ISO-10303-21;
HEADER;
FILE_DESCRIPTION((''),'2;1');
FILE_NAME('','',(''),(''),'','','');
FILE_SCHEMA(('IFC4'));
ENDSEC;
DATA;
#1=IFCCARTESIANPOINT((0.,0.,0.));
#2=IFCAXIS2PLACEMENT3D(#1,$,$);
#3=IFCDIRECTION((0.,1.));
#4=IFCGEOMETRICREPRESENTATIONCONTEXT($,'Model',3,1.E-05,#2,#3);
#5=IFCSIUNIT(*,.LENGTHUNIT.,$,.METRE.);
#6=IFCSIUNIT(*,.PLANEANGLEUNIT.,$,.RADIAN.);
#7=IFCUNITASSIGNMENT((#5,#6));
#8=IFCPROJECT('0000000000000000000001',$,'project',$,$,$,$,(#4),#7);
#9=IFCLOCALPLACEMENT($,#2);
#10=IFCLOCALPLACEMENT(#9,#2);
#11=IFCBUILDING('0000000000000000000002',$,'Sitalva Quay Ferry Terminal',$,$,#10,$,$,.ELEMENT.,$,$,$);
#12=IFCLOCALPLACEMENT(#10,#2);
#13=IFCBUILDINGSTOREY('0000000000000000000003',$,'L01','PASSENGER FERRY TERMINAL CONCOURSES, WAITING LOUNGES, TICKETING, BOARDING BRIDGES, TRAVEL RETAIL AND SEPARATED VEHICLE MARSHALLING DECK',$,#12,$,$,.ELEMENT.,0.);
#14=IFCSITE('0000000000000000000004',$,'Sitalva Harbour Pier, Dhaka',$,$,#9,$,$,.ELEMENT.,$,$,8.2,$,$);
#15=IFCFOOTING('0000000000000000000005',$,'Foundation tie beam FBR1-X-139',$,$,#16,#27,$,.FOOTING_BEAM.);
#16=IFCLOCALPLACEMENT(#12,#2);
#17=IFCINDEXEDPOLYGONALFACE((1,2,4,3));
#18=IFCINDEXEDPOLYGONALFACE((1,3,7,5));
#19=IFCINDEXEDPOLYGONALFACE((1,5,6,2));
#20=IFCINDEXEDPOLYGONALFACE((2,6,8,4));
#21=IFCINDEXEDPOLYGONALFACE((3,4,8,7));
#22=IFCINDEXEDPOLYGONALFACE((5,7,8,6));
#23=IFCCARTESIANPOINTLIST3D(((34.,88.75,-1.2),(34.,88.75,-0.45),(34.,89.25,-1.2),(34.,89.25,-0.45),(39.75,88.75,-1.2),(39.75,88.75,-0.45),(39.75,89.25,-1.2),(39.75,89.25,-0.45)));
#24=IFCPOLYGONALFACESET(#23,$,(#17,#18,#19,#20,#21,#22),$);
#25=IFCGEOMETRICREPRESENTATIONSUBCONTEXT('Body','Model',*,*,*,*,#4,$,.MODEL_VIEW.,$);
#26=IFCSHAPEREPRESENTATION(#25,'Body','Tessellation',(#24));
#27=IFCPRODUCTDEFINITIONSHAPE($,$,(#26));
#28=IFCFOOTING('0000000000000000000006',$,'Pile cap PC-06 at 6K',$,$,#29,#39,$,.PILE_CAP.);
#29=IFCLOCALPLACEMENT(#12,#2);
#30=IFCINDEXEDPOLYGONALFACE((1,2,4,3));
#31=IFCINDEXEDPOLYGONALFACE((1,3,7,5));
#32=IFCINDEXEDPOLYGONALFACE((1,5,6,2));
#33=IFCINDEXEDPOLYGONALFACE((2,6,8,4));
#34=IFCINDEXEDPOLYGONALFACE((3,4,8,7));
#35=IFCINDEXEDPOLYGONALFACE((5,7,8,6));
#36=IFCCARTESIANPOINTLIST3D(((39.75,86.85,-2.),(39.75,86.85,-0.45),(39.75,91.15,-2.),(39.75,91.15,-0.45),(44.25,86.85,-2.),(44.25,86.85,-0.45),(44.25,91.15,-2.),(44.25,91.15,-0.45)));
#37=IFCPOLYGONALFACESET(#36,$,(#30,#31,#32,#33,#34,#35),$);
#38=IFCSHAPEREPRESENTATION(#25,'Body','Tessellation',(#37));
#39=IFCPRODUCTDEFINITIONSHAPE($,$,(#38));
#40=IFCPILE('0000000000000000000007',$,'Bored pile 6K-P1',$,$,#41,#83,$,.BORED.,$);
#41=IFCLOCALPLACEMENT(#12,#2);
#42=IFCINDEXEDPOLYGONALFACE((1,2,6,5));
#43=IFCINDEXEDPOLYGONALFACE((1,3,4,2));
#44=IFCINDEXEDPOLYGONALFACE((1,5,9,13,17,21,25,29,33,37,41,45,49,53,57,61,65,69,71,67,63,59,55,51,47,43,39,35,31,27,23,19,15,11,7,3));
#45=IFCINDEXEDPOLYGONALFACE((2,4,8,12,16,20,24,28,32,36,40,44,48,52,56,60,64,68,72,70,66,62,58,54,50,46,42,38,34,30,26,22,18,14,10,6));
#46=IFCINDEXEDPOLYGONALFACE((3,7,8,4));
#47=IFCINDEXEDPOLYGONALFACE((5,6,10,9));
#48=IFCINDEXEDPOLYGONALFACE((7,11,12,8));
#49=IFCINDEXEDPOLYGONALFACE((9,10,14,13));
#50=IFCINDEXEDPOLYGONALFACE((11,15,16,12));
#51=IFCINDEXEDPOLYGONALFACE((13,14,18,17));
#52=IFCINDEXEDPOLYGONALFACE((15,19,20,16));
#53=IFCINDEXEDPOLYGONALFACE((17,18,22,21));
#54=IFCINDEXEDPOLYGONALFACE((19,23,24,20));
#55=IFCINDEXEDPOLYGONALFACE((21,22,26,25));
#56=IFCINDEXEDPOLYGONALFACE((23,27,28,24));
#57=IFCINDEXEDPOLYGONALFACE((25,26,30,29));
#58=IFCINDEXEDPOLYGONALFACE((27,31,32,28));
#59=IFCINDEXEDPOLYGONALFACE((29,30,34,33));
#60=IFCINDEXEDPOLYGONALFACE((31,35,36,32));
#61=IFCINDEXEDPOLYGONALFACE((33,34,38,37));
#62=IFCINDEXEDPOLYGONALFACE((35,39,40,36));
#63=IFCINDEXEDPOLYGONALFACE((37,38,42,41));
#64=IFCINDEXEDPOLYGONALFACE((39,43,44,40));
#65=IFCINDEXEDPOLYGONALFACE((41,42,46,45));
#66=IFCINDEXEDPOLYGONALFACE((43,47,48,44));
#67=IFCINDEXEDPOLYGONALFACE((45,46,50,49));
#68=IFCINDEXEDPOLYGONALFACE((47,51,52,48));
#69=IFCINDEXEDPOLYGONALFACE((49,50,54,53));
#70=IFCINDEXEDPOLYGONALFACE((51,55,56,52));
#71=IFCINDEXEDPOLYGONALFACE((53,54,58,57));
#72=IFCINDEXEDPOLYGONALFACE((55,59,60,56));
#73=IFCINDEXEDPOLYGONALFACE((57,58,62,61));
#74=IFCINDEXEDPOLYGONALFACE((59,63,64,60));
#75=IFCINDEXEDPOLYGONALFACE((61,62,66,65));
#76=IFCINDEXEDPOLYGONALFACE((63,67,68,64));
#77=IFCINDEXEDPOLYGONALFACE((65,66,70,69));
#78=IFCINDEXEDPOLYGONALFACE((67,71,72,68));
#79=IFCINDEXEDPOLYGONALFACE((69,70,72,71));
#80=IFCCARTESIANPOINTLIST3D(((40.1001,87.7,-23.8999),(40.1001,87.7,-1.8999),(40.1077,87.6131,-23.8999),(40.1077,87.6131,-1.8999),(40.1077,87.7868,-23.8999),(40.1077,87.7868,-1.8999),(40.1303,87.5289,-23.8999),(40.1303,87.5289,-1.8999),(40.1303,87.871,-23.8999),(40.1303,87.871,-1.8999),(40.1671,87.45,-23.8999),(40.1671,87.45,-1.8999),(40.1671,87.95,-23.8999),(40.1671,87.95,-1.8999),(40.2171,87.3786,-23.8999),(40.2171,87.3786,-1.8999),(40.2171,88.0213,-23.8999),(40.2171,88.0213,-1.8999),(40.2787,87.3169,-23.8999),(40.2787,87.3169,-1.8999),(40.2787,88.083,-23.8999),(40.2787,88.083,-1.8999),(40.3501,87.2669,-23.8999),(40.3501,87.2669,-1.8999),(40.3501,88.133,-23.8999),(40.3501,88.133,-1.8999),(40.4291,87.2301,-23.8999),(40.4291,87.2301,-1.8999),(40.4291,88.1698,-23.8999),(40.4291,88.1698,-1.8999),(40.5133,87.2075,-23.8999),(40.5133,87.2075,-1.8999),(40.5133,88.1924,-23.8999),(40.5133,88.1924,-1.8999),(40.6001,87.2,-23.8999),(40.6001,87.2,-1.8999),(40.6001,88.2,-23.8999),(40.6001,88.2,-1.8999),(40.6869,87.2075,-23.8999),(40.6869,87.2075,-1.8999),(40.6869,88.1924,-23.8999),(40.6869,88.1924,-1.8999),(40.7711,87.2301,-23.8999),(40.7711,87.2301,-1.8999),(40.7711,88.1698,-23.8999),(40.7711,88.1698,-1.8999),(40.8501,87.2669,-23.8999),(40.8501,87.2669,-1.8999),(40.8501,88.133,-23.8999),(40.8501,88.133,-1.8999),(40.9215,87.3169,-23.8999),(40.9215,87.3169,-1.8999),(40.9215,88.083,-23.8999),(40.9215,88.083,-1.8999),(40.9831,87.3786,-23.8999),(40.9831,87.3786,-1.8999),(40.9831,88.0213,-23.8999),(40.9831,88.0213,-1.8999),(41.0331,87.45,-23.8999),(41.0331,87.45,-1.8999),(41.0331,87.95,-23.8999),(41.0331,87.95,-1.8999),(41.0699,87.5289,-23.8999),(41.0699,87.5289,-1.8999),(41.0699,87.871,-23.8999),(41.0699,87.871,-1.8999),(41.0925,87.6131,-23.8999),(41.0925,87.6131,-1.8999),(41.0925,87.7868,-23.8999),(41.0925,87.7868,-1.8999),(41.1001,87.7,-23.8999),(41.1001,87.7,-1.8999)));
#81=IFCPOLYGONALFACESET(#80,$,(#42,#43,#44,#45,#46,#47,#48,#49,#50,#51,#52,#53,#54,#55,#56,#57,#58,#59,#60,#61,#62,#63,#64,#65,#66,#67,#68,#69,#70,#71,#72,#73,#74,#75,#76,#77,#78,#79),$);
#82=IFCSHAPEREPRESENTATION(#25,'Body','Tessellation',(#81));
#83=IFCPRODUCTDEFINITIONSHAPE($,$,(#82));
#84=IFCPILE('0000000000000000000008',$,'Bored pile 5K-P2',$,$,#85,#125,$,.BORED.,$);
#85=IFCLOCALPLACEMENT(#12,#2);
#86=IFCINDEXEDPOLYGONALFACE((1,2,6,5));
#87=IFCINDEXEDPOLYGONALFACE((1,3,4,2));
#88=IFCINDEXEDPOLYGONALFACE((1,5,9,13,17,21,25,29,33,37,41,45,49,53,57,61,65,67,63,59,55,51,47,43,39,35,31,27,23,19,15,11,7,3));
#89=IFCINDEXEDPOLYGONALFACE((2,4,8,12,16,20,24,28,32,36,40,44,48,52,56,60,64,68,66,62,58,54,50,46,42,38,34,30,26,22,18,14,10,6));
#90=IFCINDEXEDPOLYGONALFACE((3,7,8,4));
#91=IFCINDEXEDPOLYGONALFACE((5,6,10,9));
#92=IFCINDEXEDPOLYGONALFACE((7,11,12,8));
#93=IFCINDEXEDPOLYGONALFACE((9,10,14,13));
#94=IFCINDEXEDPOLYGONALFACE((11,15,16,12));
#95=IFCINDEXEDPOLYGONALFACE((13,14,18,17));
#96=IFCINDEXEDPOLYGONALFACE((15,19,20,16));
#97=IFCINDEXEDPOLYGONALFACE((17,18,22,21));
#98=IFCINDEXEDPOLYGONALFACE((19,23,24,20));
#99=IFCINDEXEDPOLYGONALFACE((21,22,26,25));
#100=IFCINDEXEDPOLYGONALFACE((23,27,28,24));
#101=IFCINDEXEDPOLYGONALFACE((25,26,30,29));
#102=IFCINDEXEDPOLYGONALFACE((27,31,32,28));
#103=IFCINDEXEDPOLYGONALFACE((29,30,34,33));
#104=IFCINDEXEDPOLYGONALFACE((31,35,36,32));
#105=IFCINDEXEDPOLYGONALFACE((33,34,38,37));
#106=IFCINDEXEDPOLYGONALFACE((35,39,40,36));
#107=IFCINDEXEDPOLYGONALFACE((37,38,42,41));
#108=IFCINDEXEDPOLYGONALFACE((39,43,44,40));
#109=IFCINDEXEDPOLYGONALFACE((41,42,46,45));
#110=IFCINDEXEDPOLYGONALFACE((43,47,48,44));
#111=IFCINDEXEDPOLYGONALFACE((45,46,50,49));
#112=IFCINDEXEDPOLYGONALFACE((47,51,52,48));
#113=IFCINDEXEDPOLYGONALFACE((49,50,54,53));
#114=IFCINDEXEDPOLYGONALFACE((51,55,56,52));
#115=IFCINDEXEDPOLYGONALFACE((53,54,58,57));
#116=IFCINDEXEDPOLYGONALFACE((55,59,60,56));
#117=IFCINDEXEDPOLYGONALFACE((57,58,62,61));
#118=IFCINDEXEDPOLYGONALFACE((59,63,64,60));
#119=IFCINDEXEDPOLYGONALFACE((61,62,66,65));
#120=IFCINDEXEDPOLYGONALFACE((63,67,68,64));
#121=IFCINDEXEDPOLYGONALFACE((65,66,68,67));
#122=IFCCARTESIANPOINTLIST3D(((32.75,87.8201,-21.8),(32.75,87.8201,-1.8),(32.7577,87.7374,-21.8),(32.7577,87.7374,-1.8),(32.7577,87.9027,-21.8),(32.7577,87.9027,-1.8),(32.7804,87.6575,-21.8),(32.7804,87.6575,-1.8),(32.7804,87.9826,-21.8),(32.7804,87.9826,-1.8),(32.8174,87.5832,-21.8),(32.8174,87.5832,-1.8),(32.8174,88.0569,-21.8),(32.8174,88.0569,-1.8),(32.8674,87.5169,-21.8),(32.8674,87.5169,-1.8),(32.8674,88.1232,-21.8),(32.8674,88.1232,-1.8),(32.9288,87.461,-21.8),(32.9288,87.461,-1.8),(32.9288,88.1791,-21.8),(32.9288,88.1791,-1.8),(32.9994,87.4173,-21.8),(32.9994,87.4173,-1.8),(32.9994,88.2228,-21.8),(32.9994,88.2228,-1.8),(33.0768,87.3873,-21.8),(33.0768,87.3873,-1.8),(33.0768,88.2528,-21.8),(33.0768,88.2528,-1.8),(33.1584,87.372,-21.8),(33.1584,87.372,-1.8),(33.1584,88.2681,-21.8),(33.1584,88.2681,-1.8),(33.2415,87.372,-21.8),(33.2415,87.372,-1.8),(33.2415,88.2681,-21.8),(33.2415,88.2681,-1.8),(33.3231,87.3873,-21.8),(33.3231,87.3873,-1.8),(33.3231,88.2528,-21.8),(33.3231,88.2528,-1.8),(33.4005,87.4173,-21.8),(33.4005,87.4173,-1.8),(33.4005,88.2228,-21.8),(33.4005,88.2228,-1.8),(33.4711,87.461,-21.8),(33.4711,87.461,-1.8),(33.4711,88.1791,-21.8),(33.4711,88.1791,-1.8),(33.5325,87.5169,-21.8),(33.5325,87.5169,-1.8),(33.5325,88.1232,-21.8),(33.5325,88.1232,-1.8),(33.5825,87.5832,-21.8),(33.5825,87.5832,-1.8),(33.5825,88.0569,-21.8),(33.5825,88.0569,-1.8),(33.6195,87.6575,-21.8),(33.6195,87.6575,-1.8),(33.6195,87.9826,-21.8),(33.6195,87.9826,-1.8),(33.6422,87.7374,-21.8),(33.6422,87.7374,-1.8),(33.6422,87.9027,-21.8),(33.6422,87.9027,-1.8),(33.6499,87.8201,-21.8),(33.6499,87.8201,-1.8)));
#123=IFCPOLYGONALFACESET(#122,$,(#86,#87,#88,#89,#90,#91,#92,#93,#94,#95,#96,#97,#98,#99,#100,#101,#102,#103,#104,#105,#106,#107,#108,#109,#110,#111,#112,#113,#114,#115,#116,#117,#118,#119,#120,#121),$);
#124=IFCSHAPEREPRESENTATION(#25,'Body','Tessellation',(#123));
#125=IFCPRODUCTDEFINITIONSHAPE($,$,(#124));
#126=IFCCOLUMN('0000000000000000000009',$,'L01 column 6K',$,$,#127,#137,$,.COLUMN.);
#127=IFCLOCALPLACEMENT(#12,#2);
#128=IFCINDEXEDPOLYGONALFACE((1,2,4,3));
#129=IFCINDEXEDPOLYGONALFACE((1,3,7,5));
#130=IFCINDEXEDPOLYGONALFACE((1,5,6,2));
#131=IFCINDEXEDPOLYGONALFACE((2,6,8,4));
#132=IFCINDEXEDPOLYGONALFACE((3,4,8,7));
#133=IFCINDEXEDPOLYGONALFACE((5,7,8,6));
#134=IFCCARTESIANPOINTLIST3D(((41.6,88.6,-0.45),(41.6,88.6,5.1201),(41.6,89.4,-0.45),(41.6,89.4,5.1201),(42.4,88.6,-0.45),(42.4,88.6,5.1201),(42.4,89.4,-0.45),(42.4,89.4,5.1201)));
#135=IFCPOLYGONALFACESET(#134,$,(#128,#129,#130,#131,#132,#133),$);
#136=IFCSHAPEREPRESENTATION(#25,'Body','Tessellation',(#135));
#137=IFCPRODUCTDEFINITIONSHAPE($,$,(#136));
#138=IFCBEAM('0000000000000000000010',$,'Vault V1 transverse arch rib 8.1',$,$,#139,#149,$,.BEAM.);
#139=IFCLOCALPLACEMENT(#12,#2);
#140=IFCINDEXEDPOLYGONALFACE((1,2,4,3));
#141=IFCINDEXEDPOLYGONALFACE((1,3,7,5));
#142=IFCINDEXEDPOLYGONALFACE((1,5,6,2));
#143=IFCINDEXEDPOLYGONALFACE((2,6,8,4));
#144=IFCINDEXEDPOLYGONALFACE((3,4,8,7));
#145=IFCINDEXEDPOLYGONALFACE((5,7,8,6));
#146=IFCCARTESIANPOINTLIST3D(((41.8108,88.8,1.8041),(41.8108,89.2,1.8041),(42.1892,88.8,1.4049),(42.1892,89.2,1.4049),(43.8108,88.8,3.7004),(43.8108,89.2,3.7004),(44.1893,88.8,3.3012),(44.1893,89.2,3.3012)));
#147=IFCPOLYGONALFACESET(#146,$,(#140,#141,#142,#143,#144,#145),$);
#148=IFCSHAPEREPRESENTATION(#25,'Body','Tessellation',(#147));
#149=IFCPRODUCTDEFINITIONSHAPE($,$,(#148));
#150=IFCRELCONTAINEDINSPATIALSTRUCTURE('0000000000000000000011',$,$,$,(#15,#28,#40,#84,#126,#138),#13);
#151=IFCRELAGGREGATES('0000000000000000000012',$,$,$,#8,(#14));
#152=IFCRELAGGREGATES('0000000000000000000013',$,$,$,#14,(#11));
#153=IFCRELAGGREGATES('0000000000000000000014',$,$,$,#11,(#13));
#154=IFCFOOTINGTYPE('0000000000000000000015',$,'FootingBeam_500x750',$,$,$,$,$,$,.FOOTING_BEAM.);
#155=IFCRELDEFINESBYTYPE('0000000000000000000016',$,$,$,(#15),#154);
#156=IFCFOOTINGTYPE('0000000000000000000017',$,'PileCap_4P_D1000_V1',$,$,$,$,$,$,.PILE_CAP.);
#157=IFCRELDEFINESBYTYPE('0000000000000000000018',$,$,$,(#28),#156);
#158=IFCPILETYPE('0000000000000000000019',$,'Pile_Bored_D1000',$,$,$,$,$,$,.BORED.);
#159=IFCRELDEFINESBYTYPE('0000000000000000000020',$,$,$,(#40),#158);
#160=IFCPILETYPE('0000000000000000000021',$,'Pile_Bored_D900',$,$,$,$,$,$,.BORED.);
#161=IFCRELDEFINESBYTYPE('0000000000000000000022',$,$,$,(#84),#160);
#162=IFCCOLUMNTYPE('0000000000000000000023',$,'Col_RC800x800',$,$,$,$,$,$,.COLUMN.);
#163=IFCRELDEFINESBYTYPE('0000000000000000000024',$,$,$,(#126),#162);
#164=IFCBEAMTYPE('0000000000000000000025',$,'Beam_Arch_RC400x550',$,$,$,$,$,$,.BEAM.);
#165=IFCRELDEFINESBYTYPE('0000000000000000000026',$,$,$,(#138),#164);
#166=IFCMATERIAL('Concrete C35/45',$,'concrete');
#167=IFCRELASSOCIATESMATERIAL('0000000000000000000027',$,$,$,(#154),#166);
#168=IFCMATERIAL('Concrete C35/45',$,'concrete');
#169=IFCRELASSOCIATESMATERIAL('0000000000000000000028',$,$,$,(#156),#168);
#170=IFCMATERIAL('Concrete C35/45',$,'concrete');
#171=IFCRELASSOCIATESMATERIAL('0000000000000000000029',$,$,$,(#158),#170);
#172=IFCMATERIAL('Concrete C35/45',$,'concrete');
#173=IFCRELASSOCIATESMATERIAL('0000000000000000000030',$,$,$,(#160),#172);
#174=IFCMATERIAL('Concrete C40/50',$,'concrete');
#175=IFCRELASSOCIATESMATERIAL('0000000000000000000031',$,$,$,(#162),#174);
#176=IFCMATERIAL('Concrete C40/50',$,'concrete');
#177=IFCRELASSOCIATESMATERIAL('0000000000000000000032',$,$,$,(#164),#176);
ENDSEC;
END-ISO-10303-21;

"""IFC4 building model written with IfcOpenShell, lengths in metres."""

from ifc_helpers import new_model, si_unit, direction, frame, origin, origin_2d, place, context, subcontext, project, spatial, rectangle, circle, extrude, material, material_profile, profile_set, type_object, element, save


model = new_model("IFC4")

# Units and contexts
model_context = context("Model", 3, precision=1e-05, world=origin(), true_north=direction((0.0, 1.0)))
body_context = subcontext(model_context, "Body", "Model", "MODEL_VIEW")
ifc_project = project(units=[si_unit("LENGTHUNIT", "METRE"), si_unit("PLANEANGLEUNIT", "RADIAN")], contexts=[model_context])

# Site, building, storey
site_placement = place(None, origin())
site = spatial("IfcSite", under=ifc_project, at=site_placement, Name="Sitalva Harbour Pier, Dhaka", CompositionType="ELEMENT", RefElevation=8.2)
building_placement = place(site_placement, origin())
building = spatial("IfcBuilding", under=site, at=building_placement, Name="Sitalva Quay Ferry Terminal", CompositionType="ELEMENT")
storey_placement = place(building_placement, origin())
storey = spatial("IfcBuildingStorey", under=building, at=storey_placement, Name="L01", Description="PASSENGER FERRY TERMINAL CONCOURSES, WAITING LOUNGES, TICKETING, BOARDING BRIDGES, TRAVEL RETAIL AND SEPARATED VEHICLE MARSHALLING DECK", CompositionType="ELEMENT", Elevation=0.0)

# Footings
ifc_material_1 = material(Name="Concrete C35/45", Category="concrete")
ifc_material_profile_1 = material_profile(ifc_material_1, rectangle(XDim=0.5, YDim=0.75, at=origin_2d()), Name="RC500x750")
ifc_profile_set_1 = profile_set([ifc_material_profile_1], Name="Concrete C35/45")
footing_type_1 = type_object("IfcFootingType", Name="FootingBeam_500x750", PredefinedType="FOOTING_BEAM", material=ifc_profile_set_1)
footing_1_placement = place(storey_placement, frame((34.0, 89.0, -0.825), z_axis=(1.0, 0.0, 0.0), x_axis=(0.0, 1.0, 0.0)))
element("IfcFooting", 1, at=footing_1_placement, inside=storey, type_object=footing_type_1, Name="Foundation tie beam FBR1-X-139", PredefinedType="FOOTING_BEAM", context=body_context, shape_type="SweptSolid", body=[
    extrude(rectangle(XDim=0.5, YDim=0.75, at=origin_2d()), origin(), (0.0, 0.0, 1.0), 5.75),
])
ifc_material_2 = material(Name="Concrete C35/45", Category="concrete")
footing_type_2 = type_object("IfcFootingType", Name="PileCap_4P_D1000_V1", PredefinedType="PILE_CAP", material=ifc_material_2)
footing_2_placement = place(storey_placement, frame((42.0, 89.0, -2.0), z_axis=(0.0, 0.0, 1.0), x_axis=(1.0, 0.0, 0.0)))
element("IfcFooting", 2, at=footing_2_placement, inside=storey, type_object=footing_type_2, Name="Pile cap PC-06 at 6K", PredefinedType="PILE_CAP", context=body_context, shape_type="SweptSolid", body=[
    extrude(rectangle(XDim=4.5, YDim=4.3, at=origin_2d()), origin(), (0.0, 0.0, 1.0), 1.55),
])

# Piles
ifc_material_3 = material(Name="Concrete C35/45", Category="concrete")
ifc_material_profile_2 = material_profile(ifc_material_3, circle(Radius=0.5, at=origin_2d()), Name="PILE-D1000")
ifc_profile_set_2 = profile_set([ifc_material_profile_2], Name="Concrete C35/45")
pile_type_1 = type_object("IfcPileType", Name="Pile_Bored_D1000", PredefinedType="BORED", material=ifc_profile_set_2)
pile_1_placement = place(storey_placement, frame((40.6001, 87.7, -1.8999), z_axis=(0.0, 0.0, -1.0), x_axis=(1.0, 0.0, 0.0)))
element("IfcPile", 3, at=pile_1_placement, inside=storey, type_object=pile_type_1, Name="Bored pile 6K-P1", PredefinedType="BORED", context=body_context, shape_type="SweptSolid", body=[
    extrude(circle(Radius=0.5, at=origin_2d()), origin(), (0.0, 0.0, 1.0), 22.0),
])
ifc_material_4 = material(Name="Concrete C35/45", Category="concrete")
ifc_material_profile_3 = material_profile(ifc_material_4, circle(Radius=0.45, at=origin_2d()), Name="PILE-D900")
ifc_profile_set_3 = profile_set([ifc_material_profile_3], Name="Concrete C35/45")
pile_type_2 = type_object("IfcPileType", Name="Pile_Bored_D900", PredefinedType="BORED", material=ifc_profile_set_3)
pile_2_placement = place(storey_placement, frame((33.2, 87.8201, -1.8), z_axis=(0.0, 0.0, -1.0), x_axis=(1.0, 0.0, 0.0)))
element("IfcPile", 4, at=pile_2_placement, inside=storey, type_object=pile_type_2, Name="Bored pile 5K-P2", PredefinedType="BORED", context=body_context, shape_type="SweptSolid", body=[
    extrude(circle(Radius=0.45, at=origin_2d()), origin(), (0.0, 0.0, 1.0), 20.0),
])

# Column
ifc_material_5 = material(Name="Concrete C40/50", Category="concrete")
ifc_material_profile_4 = material_profile(ifc_material_5, rectangle(XDim=0.8, YDim=0.8, at=origin_2d()), Name="RC800x800")
ifc_profile_set_4 = profile_set([ifc_material_profile_4], Name="Concrete C40/50")
column_type = type_object("IfcColumnType", Name="Col_RC800x800", PredefinedType="COLUMN", material=ifc_profile_set_4)
column_placement = place(storey_placement, frame((42.0, 89.0, -0.45), z_axis=(0.0, 0.0, 1.0), x_axis=(1.0, 0.0, 0.0)))
element("IfcColumn", 5, at=column_placement, inside=storey, type_object=column_type, Name="L01 column 6K", PredefinedType="COLUMN", context=body_context, shape_type="SweptSolid", body=[
    extrude(rectangle(XDim=0.8, YDim=0.8, at=origin_2d()), origin(), (0.0, 0.0, 1.0), 5.5701),
])

# Beam
ifc_material_6 = material(Name="Concrete C40/50", Category="concrete")
ifc_material_profile_5 = material_profile(ifc_material_6, rectangle(XDim=0.3999, YDim=0.55, at=origin_2d()), Name="RC400x550")
ifc_profile_set_5 = profile_set([ifc_material_profile_5], Name="Concrete C40/50")
beam_type_1 = type_object("IfcBeamType", Name="Beam_Arch_RC400x550", PredefinedType="BEAM", material=ifc_profile_set_5)
beam_1_placement = place(storey_placement, frame((42.0, 89.0, 1.6045), z_axis=(0.72568, 0.0, 0.688032), x_axis=(0.0, 1.0, 0.0)))
element("IfcBeam", 6, at=beam_1_placement, inside=storey, type_object=beam_type_1, Name="Vault V1 transverse arch rib 8.1", PredefinedType="BEAM", context=body_context, shape_type="SweptSolid", body=[
    extrude(rectangle(XDim=0.3999, YDim=0.55, at=origin_2d()), origin(), (0.0, 0.0, 1.0), 2.7561),
])

save(model, "model.ifc")
